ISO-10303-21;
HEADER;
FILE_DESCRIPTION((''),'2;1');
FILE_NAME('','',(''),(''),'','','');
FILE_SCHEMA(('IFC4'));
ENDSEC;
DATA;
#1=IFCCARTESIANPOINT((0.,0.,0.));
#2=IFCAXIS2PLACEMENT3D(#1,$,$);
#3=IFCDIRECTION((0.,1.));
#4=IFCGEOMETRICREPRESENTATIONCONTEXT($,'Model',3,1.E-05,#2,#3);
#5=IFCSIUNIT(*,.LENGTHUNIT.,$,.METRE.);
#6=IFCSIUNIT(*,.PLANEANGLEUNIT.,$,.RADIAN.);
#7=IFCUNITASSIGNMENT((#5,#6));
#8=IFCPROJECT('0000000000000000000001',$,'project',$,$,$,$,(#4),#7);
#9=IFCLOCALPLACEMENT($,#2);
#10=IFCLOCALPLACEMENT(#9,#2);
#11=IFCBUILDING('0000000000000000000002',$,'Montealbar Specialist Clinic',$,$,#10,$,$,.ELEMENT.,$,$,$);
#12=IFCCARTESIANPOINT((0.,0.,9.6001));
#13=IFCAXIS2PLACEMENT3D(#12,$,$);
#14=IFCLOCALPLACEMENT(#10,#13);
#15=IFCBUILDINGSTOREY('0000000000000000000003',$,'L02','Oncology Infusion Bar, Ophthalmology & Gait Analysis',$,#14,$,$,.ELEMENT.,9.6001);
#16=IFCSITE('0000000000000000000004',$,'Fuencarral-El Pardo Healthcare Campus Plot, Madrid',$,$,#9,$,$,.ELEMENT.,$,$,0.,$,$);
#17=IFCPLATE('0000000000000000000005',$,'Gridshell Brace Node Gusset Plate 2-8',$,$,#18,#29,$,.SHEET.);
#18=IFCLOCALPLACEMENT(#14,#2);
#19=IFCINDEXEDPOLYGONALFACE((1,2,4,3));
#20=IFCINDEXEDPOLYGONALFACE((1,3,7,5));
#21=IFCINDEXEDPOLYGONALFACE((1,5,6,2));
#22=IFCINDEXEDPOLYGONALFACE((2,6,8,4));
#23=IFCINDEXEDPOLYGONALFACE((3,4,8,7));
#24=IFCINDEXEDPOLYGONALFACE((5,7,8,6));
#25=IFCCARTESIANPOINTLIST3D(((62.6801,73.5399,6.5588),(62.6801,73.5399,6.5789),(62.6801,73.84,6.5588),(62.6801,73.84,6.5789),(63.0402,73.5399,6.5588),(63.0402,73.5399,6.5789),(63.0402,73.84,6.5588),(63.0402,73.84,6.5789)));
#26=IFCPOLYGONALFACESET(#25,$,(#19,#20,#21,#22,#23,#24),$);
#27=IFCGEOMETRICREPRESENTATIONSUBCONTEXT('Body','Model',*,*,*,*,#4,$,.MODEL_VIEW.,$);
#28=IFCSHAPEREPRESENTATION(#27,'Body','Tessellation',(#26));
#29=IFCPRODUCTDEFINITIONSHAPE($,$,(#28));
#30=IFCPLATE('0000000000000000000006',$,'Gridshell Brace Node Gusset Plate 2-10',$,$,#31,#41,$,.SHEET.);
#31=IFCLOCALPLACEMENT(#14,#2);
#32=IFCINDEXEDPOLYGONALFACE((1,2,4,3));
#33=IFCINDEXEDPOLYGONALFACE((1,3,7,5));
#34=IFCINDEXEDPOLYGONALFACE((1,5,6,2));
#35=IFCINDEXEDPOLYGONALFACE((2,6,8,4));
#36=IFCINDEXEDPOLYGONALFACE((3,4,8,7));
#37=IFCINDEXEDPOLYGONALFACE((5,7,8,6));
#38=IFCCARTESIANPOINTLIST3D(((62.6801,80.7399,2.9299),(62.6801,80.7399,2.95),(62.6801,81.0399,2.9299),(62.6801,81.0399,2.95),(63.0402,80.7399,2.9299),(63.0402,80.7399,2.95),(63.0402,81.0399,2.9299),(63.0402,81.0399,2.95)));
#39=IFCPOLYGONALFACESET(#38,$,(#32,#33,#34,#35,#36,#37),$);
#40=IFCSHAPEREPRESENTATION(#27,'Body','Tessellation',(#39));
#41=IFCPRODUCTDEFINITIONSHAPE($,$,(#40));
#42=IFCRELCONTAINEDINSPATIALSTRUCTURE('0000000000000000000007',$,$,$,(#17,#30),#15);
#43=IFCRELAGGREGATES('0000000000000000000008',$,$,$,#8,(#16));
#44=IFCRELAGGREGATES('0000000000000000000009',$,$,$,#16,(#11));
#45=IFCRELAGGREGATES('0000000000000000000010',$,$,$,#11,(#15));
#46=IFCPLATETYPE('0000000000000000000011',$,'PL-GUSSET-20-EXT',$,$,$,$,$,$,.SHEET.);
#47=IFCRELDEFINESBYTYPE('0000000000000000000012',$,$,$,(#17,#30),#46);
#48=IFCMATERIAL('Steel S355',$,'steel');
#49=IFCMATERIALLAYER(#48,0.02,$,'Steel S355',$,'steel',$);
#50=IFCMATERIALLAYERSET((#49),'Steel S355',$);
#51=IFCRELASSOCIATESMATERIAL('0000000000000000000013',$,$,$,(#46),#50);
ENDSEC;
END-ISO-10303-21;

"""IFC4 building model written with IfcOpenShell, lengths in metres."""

from ifc_helpers import new_model, si_unit, direction, frame, origin, origin_2d, place, context, subcontext, project, spatial, rectangle, extrude, material, layer, layer_set, type_object, element, save


model = new_model("IFC4")

# Units and contexts
model_context = context("Model", 3, precision=1e-05, world=origin(), true_north=direction((0.0, 1.0)))
body_context = subcontext(model_context, "Body", "Model", "MODEL_VIEW")
ifc_project = project(units=[si_unit("LENGTHUNIT", "METRE"), si_unit("PLANEANGLEUNIT", "RADIAN")], contexts=[model_context])

# Site, building, storey
site_placement = place(None, origin())
site = spatial("IfcSite", under=ifc_project, at=site_placement, Name="Fuencarral-El Pardo Healthcare Campus Plot, Madrid", CompositionType="ELEMENT", RefElevation=0.0)
building_placement = place(site_placement, origin())
building = spatial("IfcBuilding", under=site, at=building_placement, Name="Montealbar Specialist Clinic", CompositionType="ELEMENT")
storey_placement = place(building_placement, frame((0.0, 0.0, 9.6001)))
storey = spatial("IfcBuildingStorey", under=building, at=storey_placement, Name="L02", Description="Oncology Infusion Bar, Ophthalmology & Gait Analysis", CompositionType="ELEMENT", Elevation=9.6001)

# Shared definitions
ifc_material_1 = material(Name="Steel S355", Category="steel")

# Plates
ifc_layer_1 = layer(ifc_material_1, 0.02, Name="Steel S355", Category="steel")
ifc_layer_set_1 = layer_set([ifc_layer_1], Name="Steel S355")
plate_type = type_object("IfcPlateType", Name="PL-GUSSET-20-EXT", PredefinedType="SHEET", material=ifc_layer_set_1)
for number, where, z_axis, x_axis, name in (
    (1, (62.8601, 73.6899, 6.5588), (0.0, 0.0, 1.0), (1.0, 0.0, 0.0), "Gridshell Brace Node Gusset Plate 2-8"),
    (2, (62.8601, 80.8899, 2.9299), (0.0, 0.0, 1.0), (1.0, 0.0, 0.0), "Gridshell Brace Node Gusset Plate 2-10"),
):
    element("IfcPlate", number, at=place(storey_placement, frame(where, z_axis=z_axis, x_axis=x_axis)), inside=storey, type_object=plate_type, Name=name, PredefinedType="SHEET", context=body_context, shape_type="SweptSolid", body=[
        extrude(rectangle(XDim=0.3601, YDim=0.3, at=origin_2d()), origin(), (0.0, 0.0, 1.0), 0.02),
    ])

save(model, "model.ifc")
